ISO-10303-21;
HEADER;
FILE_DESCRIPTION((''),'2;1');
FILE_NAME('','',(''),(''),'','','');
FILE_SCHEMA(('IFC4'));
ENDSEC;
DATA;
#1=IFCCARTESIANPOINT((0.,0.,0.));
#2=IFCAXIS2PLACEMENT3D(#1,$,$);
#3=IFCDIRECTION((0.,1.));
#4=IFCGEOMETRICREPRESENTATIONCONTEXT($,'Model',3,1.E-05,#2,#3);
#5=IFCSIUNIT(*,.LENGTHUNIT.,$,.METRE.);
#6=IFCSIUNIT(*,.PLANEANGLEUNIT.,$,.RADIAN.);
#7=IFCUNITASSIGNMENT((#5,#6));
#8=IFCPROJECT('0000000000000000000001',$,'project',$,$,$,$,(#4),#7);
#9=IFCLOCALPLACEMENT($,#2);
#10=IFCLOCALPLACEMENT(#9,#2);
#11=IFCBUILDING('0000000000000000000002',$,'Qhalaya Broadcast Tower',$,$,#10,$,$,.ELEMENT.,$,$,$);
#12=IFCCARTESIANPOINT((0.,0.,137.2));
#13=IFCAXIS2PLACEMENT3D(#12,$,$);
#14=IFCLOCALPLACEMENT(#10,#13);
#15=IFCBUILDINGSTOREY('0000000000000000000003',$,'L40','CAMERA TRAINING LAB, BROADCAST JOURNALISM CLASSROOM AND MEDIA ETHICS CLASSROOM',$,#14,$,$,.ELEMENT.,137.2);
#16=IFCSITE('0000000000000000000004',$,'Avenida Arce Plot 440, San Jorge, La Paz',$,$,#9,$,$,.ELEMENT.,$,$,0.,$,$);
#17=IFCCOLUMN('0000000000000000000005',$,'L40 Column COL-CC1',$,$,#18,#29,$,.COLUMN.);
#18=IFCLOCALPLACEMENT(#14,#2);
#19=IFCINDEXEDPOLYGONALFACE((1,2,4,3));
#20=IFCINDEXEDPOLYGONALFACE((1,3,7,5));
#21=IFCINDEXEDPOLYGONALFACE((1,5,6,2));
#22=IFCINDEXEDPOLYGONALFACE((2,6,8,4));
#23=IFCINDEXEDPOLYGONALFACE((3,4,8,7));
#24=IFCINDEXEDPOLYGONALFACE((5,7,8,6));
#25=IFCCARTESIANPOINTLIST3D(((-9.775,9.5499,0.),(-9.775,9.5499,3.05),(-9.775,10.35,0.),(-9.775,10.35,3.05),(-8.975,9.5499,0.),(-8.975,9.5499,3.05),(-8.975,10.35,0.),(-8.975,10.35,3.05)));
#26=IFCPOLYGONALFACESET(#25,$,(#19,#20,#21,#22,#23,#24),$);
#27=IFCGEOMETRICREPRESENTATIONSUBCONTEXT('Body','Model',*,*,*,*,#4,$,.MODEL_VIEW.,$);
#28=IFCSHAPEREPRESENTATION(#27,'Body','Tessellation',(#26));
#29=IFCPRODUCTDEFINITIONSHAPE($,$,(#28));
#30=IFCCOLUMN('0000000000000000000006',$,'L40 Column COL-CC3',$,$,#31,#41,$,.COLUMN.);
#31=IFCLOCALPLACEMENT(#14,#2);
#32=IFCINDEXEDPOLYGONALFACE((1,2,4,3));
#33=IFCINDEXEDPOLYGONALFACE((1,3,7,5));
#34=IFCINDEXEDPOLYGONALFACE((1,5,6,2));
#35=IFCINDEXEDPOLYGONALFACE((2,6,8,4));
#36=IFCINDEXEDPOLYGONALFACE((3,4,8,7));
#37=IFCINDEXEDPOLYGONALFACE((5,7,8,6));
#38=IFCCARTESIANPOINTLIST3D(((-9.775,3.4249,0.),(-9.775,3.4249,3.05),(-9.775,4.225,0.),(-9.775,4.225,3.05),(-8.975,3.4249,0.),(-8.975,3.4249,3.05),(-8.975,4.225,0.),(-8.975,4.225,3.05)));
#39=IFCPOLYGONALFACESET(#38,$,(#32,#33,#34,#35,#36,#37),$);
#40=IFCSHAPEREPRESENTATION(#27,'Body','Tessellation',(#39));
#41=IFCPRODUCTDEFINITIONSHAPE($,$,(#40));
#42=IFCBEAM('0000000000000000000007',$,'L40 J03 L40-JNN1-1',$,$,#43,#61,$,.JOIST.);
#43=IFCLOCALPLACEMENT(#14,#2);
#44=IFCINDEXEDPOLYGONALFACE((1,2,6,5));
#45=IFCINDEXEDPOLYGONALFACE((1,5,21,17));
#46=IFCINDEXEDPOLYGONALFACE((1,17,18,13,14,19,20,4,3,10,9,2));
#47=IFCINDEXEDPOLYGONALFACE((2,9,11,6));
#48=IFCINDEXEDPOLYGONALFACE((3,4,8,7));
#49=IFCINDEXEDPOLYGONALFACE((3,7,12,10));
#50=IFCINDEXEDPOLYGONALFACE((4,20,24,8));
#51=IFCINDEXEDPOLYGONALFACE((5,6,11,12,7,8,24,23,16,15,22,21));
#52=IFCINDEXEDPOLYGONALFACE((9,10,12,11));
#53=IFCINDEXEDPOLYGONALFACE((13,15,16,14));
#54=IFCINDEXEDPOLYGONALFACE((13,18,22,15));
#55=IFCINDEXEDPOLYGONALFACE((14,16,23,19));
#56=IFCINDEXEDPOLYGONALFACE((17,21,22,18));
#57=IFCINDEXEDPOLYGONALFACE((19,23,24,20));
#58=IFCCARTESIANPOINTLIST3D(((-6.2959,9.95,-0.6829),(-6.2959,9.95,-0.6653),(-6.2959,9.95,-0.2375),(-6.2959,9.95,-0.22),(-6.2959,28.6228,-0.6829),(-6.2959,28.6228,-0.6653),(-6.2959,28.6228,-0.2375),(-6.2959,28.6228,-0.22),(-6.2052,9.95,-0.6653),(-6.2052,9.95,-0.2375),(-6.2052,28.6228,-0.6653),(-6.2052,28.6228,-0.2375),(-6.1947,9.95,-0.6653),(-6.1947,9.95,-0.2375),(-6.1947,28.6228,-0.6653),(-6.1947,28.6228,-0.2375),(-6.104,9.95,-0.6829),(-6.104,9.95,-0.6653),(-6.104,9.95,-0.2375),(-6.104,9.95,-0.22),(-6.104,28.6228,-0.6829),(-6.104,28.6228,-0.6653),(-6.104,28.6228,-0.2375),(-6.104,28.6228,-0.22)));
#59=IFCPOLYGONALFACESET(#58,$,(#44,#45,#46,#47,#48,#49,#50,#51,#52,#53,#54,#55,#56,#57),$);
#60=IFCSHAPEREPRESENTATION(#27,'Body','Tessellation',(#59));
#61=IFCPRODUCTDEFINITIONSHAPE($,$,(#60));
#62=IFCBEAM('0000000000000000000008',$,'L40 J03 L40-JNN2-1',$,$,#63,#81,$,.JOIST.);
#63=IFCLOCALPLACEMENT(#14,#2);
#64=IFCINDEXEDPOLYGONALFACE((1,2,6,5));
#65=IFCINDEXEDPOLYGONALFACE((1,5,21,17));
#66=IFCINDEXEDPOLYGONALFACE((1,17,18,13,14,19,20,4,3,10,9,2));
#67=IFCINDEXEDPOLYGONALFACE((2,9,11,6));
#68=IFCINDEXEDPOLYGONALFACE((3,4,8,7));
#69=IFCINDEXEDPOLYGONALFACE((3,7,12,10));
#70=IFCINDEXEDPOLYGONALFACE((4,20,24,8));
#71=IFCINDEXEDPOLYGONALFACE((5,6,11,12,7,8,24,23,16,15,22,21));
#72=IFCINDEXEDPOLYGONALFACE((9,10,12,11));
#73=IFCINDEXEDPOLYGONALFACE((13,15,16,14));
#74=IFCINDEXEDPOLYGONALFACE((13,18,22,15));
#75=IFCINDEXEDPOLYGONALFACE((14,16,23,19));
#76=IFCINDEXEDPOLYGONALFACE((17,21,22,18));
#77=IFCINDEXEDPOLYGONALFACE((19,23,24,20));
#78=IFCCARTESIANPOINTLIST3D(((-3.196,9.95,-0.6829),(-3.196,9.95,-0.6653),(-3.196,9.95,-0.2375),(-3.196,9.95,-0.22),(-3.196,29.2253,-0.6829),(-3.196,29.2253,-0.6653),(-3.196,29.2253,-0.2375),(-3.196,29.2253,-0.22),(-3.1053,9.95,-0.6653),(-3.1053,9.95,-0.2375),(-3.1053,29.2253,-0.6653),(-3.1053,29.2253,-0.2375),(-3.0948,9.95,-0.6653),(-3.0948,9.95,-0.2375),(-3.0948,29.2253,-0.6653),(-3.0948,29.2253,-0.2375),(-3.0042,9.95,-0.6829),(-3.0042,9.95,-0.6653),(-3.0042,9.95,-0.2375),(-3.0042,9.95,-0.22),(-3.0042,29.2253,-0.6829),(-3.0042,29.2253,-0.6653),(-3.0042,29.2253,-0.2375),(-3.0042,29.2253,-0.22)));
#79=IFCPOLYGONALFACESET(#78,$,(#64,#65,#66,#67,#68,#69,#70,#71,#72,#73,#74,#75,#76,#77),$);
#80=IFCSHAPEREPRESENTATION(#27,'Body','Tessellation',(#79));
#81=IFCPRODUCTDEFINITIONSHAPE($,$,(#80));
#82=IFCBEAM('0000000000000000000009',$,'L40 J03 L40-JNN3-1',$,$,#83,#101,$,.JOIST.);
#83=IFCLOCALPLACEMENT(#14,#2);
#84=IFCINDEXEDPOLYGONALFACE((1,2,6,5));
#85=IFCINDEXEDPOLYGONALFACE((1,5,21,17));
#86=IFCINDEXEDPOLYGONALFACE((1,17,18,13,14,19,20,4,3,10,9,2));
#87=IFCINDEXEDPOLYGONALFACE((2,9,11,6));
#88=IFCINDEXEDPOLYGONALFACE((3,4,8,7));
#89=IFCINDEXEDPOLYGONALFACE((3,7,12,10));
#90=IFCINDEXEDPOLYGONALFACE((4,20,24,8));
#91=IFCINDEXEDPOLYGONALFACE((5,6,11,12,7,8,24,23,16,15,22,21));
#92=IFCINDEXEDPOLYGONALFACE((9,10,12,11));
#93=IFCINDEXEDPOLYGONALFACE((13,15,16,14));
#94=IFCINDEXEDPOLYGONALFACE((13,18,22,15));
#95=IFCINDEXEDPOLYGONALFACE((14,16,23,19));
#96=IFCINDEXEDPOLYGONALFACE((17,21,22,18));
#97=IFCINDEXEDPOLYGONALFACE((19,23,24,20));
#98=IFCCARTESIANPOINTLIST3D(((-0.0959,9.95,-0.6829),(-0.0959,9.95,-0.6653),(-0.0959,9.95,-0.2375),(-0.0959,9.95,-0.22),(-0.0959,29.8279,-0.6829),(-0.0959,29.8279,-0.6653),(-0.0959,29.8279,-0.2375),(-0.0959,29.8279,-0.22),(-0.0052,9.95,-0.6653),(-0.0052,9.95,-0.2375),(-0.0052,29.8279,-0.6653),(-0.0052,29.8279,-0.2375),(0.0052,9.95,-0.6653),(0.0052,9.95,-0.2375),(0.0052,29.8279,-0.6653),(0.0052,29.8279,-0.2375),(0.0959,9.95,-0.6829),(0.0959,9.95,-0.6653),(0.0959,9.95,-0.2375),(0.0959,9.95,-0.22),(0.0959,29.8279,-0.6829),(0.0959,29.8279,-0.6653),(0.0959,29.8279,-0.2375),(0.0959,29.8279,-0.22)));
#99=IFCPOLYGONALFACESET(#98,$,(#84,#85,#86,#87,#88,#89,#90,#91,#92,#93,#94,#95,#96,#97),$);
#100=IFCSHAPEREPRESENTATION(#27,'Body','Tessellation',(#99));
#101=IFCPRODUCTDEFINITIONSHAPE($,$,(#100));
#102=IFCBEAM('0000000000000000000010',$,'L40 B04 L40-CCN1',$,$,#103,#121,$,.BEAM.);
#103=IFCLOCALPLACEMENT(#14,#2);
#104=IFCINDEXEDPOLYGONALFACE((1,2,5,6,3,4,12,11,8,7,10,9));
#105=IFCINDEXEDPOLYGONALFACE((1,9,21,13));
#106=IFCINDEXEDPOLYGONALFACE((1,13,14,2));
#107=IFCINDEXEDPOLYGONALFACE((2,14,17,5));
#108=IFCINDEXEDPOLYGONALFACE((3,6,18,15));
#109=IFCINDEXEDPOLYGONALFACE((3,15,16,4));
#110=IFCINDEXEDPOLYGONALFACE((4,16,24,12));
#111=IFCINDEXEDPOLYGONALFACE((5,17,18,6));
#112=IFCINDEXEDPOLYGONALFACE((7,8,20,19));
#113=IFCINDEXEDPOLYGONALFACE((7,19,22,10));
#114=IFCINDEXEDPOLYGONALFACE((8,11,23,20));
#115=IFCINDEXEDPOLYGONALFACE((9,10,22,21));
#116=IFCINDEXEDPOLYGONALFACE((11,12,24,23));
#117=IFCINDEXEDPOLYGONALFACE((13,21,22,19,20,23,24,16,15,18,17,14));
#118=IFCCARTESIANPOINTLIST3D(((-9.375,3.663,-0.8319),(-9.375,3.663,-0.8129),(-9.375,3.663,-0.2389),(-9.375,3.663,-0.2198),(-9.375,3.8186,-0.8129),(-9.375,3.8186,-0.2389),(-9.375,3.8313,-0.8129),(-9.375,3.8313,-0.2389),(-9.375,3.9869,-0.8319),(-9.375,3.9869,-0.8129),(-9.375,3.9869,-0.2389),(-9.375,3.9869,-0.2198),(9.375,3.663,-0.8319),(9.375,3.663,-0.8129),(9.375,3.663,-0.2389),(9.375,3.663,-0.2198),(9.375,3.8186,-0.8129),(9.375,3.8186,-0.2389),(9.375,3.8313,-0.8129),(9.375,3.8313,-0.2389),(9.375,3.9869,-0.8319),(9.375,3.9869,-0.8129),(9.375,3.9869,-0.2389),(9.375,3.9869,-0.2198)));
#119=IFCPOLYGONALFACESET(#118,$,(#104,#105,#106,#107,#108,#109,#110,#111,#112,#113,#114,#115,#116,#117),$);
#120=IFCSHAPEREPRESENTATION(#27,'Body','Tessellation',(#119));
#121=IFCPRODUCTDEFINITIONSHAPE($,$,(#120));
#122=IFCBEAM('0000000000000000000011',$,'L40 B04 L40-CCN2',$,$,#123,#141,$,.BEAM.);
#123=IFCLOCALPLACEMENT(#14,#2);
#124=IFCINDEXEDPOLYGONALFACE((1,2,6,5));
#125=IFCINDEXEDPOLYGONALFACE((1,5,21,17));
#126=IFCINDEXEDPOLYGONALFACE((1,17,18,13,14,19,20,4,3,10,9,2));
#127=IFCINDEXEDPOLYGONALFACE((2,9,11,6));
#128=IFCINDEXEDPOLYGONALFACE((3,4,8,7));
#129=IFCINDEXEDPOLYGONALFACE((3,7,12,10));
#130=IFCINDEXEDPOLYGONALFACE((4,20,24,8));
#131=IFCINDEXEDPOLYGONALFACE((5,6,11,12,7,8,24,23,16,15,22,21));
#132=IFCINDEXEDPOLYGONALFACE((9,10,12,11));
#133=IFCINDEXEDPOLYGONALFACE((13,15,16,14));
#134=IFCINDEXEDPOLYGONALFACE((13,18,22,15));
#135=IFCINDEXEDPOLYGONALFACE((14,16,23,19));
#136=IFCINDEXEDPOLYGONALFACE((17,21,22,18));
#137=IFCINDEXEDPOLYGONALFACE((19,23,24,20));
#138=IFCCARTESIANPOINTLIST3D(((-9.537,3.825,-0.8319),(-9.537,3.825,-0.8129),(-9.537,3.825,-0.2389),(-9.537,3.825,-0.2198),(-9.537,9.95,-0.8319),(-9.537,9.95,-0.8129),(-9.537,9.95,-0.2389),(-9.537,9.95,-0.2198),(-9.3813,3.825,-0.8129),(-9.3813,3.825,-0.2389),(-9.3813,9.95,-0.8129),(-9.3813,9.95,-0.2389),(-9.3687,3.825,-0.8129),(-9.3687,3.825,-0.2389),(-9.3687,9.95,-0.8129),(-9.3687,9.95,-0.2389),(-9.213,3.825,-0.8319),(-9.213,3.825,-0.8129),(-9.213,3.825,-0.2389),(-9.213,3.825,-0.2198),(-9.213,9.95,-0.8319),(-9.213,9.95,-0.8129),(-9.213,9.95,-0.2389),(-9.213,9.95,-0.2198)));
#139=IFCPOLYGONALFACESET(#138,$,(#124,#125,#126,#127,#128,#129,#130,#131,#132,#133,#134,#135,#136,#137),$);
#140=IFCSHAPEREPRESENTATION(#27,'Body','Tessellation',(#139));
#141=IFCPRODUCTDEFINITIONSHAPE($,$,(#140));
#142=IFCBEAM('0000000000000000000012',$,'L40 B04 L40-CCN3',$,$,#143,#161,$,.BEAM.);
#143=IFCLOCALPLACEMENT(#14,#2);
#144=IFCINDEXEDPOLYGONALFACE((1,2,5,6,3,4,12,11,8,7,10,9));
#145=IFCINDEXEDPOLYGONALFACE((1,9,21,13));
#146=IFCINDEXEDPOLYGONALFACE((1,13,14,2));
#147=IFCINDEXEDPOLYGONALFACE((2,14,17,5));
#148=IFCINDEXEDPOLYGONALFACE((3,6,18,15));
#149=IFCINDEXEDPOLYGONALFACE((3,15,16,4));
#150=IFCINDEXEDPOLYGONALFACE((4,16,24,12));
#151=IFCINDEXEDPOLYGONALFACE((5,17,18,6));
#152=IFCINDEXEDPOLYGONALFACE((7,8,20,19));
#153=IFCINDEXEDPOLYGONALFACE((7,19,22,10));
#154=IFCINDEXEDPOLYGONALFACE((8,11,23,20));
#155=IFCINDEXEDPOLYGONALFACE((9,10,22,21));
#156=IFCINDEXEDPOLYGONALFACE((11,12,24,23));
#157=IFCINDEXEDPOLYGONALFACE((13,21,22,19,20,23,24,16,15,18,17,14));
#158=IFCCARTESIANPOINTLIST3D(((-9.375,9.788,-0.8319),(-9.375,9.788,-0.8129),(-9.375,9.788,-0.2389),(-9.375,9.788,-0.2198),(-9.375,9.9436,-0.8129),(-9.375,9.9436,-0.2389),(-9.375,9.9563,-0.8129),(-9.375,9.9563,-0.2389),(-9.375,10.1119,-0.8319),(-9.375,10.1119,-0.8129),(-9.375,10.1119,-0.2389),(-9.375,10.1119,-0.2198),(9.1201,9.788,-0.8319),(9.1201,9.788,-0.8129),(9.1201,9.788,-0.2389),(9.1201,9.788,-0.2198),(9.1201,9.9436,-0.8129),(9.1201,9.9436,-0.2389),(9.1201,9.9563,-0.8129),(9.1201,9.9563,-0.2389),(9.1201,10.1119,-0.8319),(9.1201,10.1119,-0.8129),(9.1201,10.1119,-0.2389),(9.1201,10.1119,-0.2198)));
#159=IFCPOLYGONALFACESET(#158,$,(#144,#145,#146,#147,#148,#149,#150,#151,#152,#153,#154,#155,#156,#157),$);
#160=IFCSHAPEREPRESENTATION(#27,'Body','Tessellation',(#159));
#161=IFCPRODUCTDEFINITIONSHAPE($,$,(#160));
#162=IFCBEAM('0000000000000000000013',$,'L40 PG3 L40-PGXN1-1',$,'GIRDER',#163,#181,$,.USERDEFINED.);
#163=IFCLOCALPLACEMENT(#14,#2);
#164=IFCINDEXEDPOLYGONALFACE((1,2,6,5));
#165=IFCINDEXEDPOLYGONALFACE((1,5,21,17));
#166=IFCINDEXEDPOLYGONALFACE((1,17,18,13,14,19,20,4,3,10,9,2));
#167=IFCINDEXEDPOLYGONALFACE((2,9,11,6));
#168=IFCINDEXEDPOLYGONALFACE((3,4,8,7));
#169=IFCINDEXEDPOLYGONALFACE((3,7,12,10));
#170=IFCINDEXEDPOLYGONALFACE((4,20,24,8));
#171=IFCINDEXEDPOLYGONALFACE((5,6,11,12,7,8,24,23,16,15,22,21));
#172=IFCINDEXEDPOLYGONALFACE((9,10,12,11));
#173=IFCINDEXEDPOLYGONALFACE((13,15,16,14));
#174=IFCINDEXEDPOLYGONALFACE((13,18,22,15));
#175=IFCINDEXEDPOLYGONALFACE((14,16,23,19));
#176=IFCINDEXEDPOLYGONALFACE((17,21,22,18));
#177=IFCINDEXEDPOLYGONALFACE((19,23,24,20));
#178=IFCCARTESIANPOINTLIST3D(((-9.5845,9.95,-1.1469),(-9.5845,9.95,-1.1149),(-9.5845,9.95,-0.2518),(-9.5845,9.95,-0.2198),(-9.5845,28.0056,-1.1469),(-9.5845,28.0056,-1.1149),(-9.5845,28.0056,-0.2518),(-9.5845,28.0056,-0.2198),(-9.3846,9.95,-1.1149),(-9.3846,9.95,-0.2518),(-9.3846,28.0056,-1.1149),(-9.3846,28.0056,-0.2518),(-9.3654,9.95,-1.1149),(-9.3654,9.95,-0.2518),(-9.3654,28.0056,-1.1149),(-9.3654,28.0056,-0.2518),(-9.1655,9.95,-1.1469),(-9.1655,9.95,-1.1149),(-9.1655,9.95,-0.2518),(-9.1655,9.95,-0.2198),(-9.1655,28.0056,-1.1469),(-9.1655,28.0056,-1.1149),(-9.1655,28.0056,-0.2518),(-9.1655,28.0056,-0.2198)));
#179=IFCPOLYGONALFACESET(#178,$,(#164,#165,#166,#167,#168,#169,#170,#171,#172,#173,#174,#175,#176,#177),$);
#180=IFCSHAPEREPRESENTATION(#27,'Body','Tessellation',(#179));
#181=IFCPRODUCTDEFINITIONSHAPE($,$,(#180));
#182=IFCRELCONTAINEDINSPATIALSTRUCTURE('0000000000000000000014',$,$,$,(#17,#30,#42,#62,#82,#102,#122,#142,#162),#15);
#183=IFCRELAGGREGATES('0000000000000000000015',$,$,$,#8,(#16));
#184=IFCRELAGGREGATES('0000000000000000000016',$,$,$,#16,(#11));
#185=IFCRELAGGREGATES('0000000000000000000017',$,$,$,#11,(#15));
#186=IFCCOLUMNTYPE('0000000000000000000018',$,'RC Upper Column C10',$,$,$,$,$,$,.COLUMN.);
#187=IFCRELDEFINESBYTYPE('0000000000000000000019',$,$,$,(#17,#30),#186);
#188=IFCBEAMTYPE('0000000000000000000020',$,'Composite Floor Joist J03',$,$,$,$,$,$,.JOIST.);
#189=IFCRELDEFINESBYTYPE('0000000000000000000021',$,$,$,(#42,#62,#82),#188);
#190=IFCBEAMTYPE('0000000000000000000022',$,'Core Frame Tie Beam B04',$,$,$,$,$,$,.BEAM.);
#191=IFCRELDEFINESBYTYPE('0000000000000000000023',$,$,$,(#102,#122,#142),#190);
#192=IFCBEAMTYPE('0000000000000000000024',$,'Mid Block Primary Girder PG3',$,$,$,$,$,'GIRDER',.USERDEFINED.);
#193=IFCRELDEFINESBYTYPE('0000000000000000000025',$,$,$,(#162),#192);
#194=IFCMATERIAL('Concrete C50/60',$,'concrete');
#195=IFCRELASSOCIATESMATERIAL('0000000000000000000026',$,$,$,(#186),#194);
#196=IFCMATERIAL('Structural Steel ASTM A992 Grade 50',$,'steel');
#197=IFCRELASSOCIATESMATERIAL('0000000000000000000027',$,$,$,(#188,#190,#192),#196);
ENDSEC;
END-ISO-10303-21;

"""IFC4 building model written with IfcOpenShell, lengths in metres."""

from ifc_helpers import new_model, si_unit, direction, frame, origin, origin_2d, place, context, subcontext, project, spatial, rectangle, i_section, extrude, material, material_profile, profile_set, type_object, element, save


model = new_model("IFC4")

# Units and contexts
model_context = context("Model", 3, precision=1e-05, world=origin(), true_north=direction((0.0, 1.0)))
body_context = subcontext(model_context, "Body", "Model", "MODEL_VIEW")
ifc_project = project(units=[si_unit("LENGTHUNIT", "METRE"), si_unit("PLANEANGLEUNIT", "RADIAN")], contexts=[model_context])

# Site, building, storey
site_placement = place(None, origin())
site = spatial("IfcSite", under=ifc_project, at=site_placement, Name="Avenida Arce Plot 440, San Jorge, La Paz", CompositionType="ELEMENT", RefElevation=0.0)
building_placement = place(site_placement, origin())
building = spatial("IfcBuilding", under=site, at=building_placement, Name="Qhalaya Broadcast Tower", CompositionType="ELEMENT")
storey_placement = place(building_placement, frame((0.0, 0.0, 137.2)))
storey = spatial("IfcBuildingStorey", under=building, at=storey_placement, Name="L40", Description="CAMERA TRAINING LAB, BROADCAST JOURNALISM CLASSROOM AND MEDIA ETHICS CLASSROOM", CompositionType="ELEMENT", Elevation=137.2)

# Columns
ifc_material_1 = material(Name="Concrete C50/60", Category="concrete")
ifc_material_profile_1 = material_profile(ifc_material_1, rectangle(XDim=0.8, YDim=0.8, at=origin_2d()), Name="RC-COL 800x800")
ifc_profile_set_1 = profile_set([ifc_material_profile_1], Name="Concrete C50/60")
column_type = type_object("IfcColumnType", Name="RC Upper Column C10", PredefinedType="COLUMN", material=ifc_profile_set_1)
for number, where, z_axis, x_axis, name in (
    (1, (-9.375, 9.95, 0.0), (0.0, 0.0, 1.0), (1.0, 0.0, 0.0), "L40 Column COL-CC1"),
    (2, (-9.375, 3.825, 0.0), (0.0, 0.0, 1.0), (1.0, 0.0, 0.0), "L40 Column COL-CC3"),
):
    element("IfcColumn", number, at=place(storey_placement, frame(where, z_axis=z_axis, x_axis=x_axis)), inside=storey, type_object=column_type, Name=name, PredefinedType="COLUMN", context=body_context, shape_type="SweptSolid", body=[
        extrude(rectangle(XDim=0.8, YDim=0.8, at=origin_2d()), origin(), (0.0, 0.0, 1.0), 3.05),
    ])

# Beams
ifc_material_2 = material(Name="Structural Steel ASTM A992 Grade 50", Category="steel")
ifc_material_profile_2 = material_profile(ifc_material_2, i_section(OverallWidth=0.1919, OverallDepth=0.4629, WebThickness=0.0105, FlangeThickness=0.0176, at=origin_2d()), Name="W18X60")
ifc_profile_set_2 = profile_set([ifc_material_profile_2], Name="Structural Steel ASTM A992 Grade 50")
beam_type_1 = type_object("IfcBeamType", Name="Composite Floor Joist J03", PredefinedType="JOIST", material=ifc_profile_set_2)
beam_1_placement = place(storey_placement, frame((-6.2, 9.95, -0.4514), z_axis=(0.0, 1.0, 0.0), x_axis=(-1.0, 0.0, 0.0)))
element("IfcBeam", 3, at=beam_1_placement, inside=storey, type_object=beam_type_1, Name="L40 J03 L40-JNN1-1", PredefinedType="JOIST", context=body_context, shape_type="SweptSolid", body=[
    extrude(i_section(OverallWidth=0.1919, OverallDepth=0.4629, WebThickness=0.0105, FlangeThickness=0.0176, at=origin_2d()), origin(), (0.0, 0.0, 1.0), 18.6729),
])
beam_2_placement = place(storey_placement, frame((-3.1001, 9.95, -0.4514), z_axis=(0.0, 1.0, 0.0), x_axis=(-1.0, 0.0, 0.0)))
element("IfcBeam", 4, at=beam_2_placement, inside=storey, type_object=beam_type_1, Name="L40 J03 L40-JNN2-1", PredefinedType="JOIST", context=body_context, shape_type="SweptSolid", body=[
    extrude(i_section(OverallWidth=0.1919, OverallDepth=0.4629, WebThickness=0.0105, FlangeThickness=0.0176, at=origin_2d()), origin(), (0.0, 0.0, 1.0), 19.2754),
])
beam_3_placement = place(storey_placement, frame((0.0, 9.95, -0.4514), z_axis=(0.0, 1.0, 0.0), x_axis=(-1.0, 0.0, 0.0)))
element("IfcBeam", 5, at=beam_3_placement, inside=storey, type_object=beam_type_1, Name="L40 J03 L40-JNN3-1", PredefinedType="JOIST", context=body_context, shape_type="SweptSolid", body=[
    extrude(i_section(OverallWidth=0.1919, OverallDepth=0.4629, WebThickness=0.0105, FlangeThickness=0.0176, at=origin_2d()), origin(), (0.0, 0.0, 1.0), 19.8779),
])
ifc_material_profile_3 = material_profile(ifc_material_2, i_section(OverallWidth=0.324, OverallDepth=0.6121, WebThickness=0.0127, FlangeThickness=0.019, at=origin_2d()), Name="W24X104")
ifc_profile_set_3 = profile_set([ifc_material_profile_3], Name="Structural Steel ASTM A992 Grade 50")
beam_type_2 = type_object("IfcBeamType", Name="Core Frame Tie Beam B04", PredefinedType="BEAM", material=ifc_profile_set_3)
beam_4_placement = place(storey_placement, frame((-9.375, 3.825, -0.5259), z_axis=(1.0, 0.0, 0.0), x_axis=(0.0, 1.0, 0.0)))
element("IfcBeam", 6, at=beam_4_placement, inside=storey, type_object=beam_type_2, Name="L40 B04 L40-CCN1", PredefinedType="BEAM", context=body_context, shape_type="SweptSolid", body=[
    extrude(i_section(OverallWidth=0.324, OverallDepth=0.6121, WebThickness=0.0127, FlangeThickness=0.019, at=origin_2d()), origin(), (0.0, 0.0, 1.0), 18.75),
])
beam_5_placement = place(storey_placement, frame((-9.375, 3.825, -0.5259), z_axis=(0.0, 1.0, 0.0), x_axis=(-1.0, 0.0, 0.0)))
element("IfcBeam", 7, at=beam_5_placement, inside=storey, type_object=beam_type_2, Name="L40 B04 L40-CCN2", PredefinedType="BEAM", context=body_context, shape_type="SweptSolid", body=[
    extrude(i_section(OverallWidth=0.324, OverallDepth=0.6121, WebThickness=0.0127, FlangeThickness=0.019, at=origin_2d()), origin(), (0.0, 0.0, 1.0), 6.125),
])
beam_6_placement = place(storey_placement, frame((-9.375, 9.95, -0.5259), z_axis=(1.0, 0.0, 0.0), x_axis=(0.0, 1.0, 0.0)))
element("IfcBeam", 8, at=beam_6_placement, inside=storey, type_object=beam_type_2, Name="L40 B04 L40-CCN3", PredefinedType="BEAM", context=body_context, shape_type="SweptSolid", body=[
    extrude(i_section(OverallWidth=0.324, OverallDepth=0.6121, WebThickness=0.0127, FlangeThickness=0.019, at=origin_2d()), origin(), (0.0, 0.0, 1.0), 18.4951),
])
ifc_material_profile_4 = material_profile(ifc_material_2, i_section(OverallWidth=0.4189, OverallDepth=0.927, WebThickness=0.0193, FlangeThickness=0.032, at=origin_2d()), Name="W36X231")
ifc_profile_set_4 = profile_set([ifc_material_profile_4], Name="Structural Steel ASTM A992 Grade 50")
beam_type_3 = type_object("IfcBeamType", Name="Mid Block Primary Girder PG3", ElementType="GIRDER", PredefinedType="USERDEFINED", material=ifc_profile_set_4)
beam_7_placement = place(storey_placement, frame((-9.375, 9.95, -0.6833), z_axis=(0.0, 1.0, 0.0), x_axis=(-1.0, 0.0, 0.0)))
element("IfcBeam", 9, at=beam_7_placement, inside=storey, type_object=beam_type_3, Name="L40 PG3 L40-PGXN1-1", ObjectType="GIRDER", PredefinedType="USERDEFINED", context=body_context, shape_type="SweptSolid", body=[
    extrude(i_section(OverallWidth=0.4189, OverallDepth=0.927, WebThickness=0.0193, FlangeThickness=0.032, at=origin_2d()), origin(), (0.0, 0.0, 1.0), 18.0557),
])

save(model, "model.ifc")
